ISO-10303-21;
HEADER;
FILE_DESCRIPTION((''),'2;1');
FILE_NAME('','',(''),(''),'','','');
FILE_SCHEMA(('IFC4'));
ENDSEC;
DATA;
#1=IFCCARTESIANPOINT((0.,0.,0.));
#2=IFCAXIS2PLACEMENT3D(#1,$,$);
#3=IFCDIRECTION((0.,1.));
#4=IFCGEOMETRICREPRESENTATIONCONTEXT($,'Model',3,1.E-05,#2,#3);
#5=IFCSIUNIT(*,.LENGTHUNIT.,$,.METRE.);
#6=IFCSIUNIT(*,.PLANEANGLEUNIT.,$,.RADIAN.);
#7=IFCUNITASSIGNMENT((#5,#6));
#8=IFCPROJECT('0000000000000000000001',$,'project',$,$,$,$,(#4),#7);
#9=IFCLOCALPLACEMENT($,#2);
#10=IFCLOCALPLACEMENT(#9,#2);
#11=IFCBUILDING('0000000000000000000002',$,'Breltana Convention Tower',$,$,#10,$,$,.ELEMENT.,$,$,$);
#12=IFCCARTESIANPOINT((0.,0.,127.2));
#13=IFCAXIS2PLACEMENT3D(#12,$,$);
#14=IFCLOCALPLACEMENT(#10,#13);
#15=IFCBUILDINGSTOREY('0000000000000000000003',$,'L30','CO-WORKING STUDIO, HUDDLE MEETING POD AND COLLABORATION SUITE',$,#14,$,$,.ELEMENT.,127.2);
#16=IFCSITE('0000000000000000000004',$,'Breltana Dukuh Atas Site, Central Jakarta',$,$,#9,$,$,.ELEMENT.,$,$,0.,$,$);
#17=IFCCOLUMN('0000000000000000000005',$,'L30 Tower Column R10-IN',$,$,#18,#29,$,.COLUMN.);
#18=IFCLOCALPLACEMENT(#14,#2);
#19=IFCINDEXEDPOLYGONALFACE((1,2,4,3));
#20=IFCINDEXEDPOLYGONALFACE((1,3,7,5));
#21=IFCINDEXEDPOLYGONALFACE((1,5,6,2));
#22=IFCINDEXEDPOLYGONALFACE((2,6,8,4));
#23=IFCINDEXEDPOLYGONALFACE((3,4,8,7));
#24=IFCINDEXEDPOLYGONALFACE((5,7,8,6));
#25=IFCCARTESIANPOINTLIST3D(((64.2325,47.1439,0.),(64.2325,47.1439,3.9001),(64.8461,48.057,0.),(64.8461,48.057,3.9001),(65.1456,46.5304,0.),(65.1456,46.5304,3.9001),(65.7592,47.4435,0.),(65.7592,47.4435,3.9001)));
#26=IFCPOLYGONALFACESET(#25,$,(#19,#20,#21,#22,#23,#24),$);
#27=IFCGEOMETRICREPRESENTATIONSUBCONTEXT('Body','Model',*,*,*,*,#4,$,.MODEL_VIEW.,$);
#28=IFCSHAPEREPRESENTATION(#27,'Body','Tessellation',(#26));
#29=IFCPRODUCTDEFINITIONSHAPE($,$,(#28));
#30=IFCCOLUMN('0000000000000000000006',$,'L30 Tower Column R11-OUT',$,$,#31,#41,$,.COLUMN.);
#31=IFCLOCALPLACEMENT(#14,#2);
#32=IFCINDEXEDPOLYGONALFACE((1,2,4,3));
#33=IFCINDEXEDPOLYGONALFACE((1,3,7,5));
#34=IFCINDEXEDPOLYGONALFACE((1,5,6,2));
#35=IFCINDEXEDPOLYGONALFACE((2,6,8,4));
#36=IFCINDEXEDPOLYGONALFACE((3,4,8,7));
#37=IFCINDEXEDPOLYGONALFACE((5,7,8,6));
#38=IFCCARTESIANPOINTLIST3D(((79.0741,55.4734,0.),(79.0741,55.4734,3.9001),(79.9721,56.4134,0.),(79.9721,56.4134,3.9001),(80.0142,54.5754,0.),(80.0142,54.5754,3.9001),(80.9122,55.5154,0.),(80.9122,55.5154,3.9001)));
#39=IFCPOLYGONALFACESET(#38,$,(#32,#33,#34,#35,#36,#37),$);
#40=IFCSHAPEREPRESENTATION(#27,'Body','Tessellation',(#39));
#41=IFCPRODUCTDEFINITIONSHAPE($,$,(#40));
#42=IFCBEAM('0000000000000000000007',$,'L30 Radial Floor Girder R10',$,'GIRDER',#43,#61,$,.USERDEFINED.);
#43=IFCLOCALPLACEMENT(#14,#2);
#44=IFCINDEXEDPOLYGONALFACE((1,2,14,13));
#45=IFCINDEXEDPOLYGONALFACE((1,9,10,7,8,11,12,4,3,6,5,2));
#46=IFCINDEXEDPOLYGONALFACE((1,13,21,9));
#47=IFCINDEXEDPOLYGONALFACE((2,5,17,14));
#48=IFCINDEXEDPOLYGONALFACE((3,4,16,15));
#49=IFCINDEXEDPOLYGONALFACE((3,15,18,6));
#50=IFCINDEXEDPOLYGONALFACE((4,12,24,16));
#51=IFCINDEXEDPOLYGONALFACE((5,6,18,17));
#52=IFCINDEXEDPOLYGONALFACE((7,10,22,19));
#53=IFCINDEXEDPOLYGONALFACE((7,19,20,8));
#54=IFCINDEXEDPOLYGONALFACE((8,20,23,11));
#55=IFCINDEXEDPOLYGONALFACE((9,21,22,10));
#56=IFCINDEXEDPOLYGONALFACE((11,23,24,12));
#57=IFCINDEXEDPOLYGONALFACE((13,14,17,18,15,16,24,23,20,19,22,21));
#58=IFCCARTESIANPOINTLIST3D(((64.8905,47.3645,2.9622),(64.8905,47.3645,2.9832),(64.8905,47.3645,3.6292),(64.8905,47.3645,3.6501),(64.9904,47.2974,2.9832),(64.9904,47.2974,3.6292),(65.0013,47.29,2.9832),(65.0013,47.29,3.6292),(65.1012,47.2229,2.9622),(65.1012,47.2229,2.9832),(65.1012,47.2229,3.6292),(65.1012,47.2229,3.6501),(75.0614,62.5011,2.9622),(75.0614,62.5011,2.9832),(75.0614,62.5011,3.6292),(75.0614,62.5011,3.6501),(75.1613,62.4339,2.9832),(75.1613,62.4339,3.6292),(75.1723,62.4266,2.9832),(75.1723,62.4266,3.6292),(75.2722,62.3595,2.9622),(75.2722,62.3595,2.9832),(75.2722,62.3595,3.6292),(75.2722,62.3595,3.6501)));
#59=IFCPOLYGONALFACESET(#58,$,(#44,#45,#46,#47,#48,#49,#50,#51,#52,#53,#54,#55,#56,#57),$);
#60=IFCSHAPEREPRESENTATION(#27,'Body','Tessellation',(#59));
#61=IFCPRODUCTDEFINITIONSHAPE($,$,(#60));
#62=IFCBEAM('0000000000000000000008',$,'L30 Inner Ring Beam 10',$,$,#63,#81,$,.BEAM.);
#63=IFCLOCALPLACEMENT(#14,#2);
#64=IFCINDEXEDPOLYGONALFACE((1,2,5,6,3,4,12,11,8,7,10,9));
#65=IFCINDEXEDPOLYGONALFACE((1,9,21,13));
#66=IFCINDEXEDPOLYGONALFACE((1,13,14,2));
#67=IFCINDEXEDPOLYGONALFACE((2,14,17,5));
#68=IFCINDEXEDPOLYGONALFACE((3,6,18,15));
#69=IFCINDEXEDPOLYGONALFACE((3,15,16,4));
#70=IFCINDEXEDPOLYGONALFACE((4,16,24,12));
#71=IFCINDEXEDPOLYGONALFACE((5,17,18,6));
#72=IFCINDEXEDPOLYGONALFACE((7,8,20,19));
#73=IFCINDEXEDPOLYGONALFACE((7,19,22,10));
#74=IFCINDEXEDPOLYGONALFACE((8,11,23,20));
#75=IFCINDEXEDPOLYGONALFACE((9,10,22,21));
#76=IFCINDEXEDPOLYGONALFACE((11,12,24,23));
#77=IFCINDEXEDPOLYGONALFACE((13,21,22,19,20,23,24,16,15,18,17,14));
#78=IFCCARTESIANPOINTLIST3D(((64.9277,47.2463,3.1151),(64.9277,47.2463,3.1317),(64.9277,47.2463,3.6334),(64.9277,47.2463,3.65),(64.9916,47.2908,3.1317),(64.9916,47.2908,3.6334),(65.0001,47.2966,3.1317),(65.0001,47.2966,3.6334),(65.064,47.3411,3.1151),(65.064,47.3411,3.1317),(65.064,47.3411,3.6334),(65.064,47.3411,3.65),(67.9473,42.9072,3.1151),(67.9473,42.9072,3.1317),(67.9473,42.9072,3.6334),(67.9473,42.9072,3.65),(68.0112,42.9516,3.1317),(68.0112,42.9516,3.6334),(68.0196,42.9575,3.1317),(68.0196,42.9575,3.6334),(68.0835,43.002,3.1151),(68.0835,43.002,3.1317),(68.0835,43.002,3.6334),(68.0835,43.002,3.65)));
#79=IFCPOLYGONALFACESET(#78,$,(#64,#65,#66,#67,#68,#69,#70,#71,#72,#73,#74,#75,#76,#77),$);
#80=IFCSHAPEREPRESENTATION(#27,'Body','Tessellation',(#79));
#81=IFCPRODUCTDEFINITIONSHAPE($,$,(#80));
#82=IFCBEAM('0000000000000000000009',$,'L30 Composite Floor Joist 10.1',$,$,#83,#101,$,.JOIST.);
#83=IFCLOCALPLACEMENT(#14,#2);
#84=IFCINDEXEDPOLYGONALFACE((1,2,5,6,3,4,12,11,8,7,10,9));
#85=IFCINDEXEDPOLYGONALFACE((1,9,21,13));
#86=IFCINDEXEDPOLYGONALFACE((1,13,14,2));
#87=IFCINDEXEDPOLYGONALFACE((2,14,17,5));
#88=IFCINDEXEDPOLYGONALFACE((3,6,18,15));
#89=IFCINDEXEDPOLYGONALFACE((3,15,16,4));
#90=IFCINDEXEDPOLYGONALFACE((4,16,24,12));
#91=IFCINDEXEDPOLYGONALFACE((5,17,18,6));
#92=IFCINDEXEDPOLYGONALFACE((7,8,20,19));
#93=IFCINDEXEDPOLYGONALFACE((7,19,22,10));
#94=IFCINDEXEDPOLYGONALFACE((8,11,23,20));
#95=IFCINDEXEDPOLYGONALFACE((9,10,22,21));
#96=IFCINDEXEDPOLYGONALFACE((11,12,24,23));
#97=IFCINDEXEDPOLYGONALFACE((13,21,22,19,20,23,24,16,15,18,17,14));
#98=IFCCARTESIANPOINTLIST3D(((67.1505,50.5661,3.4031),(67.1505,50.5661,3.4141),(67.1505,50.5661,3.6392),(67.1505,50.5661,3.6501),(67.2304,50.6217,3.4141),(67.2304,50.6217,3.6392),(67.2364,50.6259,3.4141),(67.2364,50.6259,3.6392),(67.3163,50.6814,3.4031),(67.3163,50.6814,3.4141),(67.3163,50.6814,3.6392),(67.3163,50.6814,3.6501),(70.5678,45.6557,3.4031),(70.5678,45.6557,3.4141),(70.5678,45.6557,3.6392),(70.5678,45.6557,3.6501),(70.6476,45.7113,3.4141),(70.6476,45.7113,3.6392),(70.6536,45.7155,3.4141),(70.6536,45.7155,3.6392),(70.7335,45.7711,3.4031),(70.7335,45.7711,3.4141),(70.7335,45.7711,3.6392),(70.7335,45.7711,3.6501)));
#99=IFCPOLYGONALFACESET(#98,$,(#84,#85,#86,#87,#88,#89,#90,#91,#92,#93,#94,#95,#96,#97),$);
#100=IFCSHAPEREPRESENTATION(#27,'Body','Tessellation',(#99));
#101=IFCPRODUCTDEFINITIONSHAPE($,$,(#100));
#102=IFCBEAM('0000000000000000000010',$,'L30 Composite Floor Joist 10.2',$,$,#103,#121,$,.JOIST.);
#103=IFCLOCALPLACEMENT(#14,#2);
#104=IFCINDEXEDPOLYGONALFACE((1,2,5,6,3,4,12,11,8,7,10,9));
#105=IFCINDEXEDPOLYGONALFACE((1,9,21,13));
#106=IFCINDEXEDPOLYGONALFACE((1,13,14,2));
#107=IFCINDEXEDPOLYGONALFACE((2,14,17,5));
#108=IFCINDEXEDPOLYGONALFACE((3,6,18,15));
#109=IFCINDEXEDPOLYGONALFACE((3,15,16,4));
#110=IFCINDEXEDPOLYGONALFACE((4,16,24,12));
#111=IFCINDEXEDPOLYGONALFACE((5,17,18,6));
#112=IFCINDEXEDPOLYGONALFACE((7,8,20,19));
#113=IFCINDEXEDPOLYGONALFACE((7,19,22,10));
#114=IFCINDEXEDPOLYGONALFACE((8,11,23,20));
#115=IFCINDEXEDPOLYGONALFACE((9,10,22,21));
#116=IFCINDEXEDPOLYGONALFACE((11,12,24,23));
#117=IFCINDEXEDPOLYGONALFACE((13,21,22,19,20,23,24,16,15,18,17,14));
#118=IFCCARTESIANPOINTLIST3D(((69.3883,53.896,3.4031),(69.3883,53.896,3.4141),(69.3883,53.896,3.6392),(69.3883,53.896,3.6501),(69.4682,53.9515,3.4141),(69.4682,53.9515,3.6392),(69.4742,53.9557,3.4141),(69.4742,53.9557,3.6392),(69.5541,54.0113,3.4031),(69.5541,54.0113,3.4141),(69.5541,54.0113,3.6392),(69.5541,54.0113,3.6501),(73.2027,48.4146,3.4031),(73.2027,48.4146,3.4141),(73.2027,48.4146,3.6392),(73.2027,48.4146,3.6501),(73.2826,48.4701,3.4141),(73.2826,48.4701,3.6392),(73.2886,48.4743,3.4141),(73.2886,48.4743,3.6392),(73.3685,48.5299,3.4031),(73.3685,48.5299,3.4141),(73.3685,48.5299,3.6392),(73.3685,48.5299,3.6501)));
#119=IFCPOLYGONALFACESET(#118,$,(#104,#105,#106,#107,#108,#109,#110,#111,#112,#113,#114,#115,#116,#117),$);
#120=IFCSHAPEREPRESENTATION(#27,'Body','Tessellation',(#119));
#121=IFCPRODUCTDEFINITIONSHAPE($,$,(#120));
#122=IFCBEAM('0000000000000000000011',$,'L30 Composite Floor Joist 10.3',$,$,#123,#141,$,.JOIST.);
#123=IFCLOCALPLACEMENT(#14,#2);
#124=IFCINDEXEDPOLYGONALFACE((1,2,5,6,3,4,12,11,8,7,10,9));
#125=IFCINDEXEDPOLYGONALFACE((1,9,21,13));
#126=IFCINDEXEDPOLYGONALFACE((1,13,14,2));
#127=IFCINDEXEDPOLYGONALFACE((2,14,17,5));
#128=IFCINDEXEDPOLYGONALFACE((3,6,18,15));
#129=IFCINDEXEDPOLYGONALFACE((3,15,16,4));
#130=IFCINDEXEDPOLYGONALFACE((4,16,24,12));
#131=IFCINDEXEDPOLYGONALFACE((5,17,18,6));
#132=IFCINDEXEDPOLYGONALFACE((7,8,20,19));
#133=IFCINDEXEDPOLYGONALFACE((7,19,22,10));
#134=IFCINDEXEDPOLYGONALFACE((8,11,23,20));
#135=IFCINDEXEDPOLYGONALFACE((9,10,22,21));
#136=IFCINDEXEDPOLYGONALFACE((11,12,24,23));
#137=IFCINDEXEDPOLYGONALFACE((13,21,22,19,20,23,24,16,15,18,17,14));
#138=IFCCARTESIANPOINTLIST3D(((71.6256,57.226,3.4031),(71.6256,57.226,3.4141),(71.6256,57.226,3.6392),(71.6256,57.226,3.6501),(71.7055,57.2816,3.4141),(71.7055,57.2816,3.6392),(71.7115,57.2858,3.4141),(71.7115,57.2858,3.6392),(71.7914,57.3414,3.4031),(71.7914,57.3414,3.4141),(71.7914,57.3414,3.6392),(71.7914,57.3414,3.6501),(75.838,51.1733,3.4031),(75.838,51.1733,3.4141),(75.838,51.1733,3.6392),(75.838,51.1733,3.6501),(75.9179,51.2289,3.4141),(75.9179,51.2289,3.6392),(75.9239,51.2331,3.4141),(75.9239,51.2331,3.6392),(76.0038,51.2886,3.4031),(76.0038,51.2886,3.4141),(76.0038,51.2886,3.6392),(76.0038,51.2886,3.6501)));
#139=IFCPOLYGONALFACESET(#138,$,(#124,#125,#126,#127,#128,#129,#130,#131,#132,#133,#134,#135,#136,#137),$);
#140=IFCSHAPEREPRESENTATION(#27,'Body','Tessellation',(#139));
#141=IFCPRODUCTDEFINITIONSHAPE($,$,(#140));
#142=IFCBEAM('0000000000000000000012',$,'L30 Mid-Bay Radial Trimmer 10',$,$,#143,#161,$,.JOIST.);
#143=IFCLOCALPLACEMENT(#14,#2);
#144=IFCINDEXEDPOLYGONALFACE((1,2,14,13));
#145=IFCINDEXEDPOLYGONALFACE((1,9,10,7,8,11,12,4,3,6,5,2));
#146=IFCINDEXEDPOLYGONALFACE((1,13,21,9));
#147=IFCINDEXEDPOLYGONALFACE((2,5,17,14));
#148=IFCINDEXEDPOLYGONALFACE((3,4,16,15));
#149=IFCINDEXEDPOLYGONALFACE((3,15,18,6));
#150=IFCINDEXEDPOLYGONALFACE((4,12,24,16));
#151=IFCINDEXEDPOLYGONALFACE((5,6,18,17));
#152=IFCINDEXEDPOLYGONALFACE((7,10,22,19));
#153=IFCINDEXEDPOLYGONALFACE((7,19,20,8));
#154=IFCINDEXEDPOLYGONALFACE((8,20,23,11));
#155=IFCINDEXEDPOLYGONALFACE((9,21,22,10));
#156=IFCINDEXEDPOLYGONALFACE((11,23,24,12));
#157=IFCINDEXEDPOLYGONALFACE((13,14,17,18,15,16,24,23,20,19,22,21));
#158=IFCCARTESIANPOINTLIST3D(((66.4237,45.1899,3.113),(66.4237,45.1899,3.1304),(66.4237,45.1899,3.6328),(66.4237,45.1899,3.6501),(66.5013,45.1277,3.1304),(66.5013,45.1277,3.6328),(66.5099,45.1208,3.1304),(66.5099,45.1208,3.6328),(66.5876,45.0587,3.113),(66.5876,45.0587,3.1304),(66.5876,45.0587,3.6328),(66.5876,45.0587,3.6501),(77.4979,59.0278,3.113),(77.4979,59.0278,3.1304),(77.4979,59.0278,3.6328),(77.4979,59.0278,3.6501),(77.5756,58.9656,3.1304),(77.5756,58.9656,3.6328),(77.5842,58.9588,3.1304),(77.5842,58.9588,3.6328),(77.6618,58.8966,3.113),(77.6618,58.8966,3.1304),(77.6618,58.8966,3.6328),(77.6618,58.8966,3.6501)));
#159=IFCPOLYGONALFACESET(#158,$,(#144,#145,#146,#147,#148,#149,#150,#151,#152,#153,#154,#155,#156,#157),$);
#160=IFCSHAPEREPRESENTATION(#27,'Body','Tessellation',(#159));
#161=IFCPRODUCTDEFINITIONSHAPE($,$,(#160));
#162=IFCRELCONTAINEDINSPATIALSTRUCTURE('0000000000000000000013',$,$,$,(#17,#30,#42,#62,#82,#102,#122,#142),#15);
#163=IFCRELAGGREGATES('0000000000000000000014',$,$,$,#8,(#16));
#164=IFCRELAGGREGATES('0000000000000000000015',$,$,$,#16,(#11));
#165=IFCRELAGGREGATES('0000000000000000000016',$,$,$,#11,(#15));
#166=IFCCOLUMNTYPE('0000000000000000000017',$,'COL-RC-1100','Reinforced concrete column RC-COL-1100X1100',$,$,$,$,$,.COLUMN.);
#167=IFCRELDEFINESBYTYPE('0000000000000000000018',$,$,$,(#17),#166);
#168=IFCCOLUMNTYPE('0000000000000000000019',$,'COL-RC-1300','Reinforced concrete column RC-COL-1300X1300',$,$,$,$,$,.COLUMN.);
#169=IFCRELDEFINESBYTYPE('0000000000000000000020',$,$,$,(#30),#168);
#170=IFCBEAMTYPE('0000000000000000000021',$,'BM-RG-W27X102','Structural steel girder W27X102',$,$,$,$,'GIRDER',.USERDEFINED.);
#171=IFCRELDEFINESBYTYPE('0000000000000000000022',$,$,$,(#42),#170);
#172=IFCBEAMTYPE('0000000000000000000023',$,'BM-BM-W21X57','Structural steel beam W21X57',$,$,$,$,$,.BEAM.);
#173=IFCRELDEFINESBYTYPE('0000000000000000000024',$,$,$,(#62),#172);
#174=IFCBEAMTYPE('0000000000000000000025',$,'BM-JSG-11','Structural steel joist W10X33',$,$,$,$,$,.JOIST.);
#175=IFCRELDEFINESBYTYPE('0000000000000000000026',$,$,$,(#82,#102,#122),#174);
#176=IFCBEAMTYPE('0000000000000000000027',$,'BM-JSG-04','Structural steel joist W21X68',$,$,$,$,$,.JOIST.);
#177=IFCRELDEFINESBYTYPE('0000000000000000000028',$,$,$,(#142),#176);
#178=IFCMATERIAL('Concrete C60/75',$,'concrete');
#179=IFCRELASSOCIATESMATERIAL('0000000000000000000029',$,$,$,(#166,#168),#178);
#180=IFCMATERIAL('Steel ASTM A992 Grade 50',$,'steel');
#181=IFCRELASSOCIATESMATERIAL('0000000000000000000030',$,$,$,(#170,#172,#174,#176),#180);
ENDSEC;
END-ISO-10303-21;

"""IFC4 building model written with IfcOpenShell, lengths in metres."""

from ifc_helpers import new_model, si_unit, direction, frame, origin, origin_2d, place, context, subcontext, project, spatial, rectangle, i_section, extrude, source, transform, mapped, material, material_profile, profile_set, type_object, element, save


model = new_model("IFC4")

# Units and contexts
model_context = context("Model", 3, precision=1e-05, world=origin(), true_north=direction((0.0, 1.0)))
body_context = subcontext(model_context, "Body", "Model", "MODEL_VIEW")
ifc_project = project(units=[si_unit("LENGTHUNIT", "METRE"), si_unit("PLANEANGLEUNIT", "RADIAN")], contexts=[model_context])

# Site, building, storey
site_placement = place(None, origin())
site = spatial("IfcSite", under=ifc_project, at=site_placement, Name="Breltana Dukuh Atas Site, Central Jakarta", CompositionType="ELEMENT", RefElevation=0.0)
building_placement = place(site_placement, origin())
building = spatial("IfcBuilding", under=site, at=building_placement, Name="Breltana Convention Tower", CompositionType="ELEMENT")
storey_placement = place(building_placement, frame((0.0, 0.0, 127.2)))
storey = spatial("IfcBuildingStorey", under=building, at=storey_placement, Name="L30", Description="CO-WORKING STUDIO, HUDDLE MEETING POD AND COLLABORATION SUITE", CompositionType="ELEMENT", Elevation=127.2)

# Columns
ifc_material_1 = material(Name="Concrete C60/75", Category="concrete")
ifc_material_profile_1 = material_profile(ifc_material_1, rectangle(XDim=1.1001, YDim=1.1001, at=origin_2d()), Name="RC-COL-1100X1100")
ifc_profile_set_1 = profile_set([ifc_material_profile_1], Name="Concrete C60/75")
column_type_1 = type_object("IfcColumnType", Name="COL-RC-1100", Description="Reinforced concrete column RC-COL-1100X1100", PredefinedType="COLUMN", material=ifc_profile_set_1)
shared_shape_1 = source(origin(), body_context, "Body", "SweptSolid", [
    extrude(rectangle(XDim=1.1001, YDim=1.1001, at=origin_2d()), origin(), (0.0, 0.0, 1.0), 3.9001),
])
column_1_placement = place(storey_placement, frame((64.9958, 47.2937, 0.0), z_axis=(0.0, 0.0, 1.0), x_axis=(0.557745, 0.830012, 0.0)))
element("IfcColumn", 1, at=column_1_placement, inside=storey, type_object=column_type_1, Name="L30 Tower Column R10-IN", PredefinedType="COLUMN", context=body_context, shape_type="MappedRepresentation", body=[
    mapped(shared_shape_1, transform((0.0, 0.0, 0.0), scale=1.0)),
])
ifc_material_profile_2 = material_profile(ifc_material_1, rectangle(XDim=1.3, YDim=1.3, at=origin_2d()), Name="RC-COL-1300X1300")
ifc_profile_set_2 = profile_set([ifc_material_profile_2], Name="Concrete C60/75")
column_type_2 = type_object("IfcColumnType", Name="COL-RC-1300", Description="Reinforced concrete column RC-COL-1300X1300", PredefinedType="COLUMN", material=ifc_profile_set_2)
shared_shape_2 = source(origin(), body_context, "Body", "SweptSolid", [
    extrude(rectangle(XDim=1.3, YDim=1.3, at=origin_2d()), origin(), (0.0, 0.0, 1.0), 3.9001),
])
column_2_placement = place(storey_placement, frame((79.9932, 55.4944, 0.0), z_axis=(0.0, 0.0, 1.0), x_axis=(0.690756, 0.723088, 0.0)))
element("IfcColumn", 2, at=column_2_placement, inside=storey, type_object=column_type_2, Name="L30 Tower Column R11-OUT", PredefinedType="COLUMN", context=body_context, shape_type="MappedRepresentation", body=[
    mapped(shared_shape_2, transform((0.0, 0.0, 0.0), scale=1.0)),
])

# Beams
ifc_material_2 = material(Name="Steel ASTM A992 Grade 50", Category="steel")
ifc_material_profile_3 = material_profile(ifc_material_2, i_section(OverallWidth=0.2539, OverallDepth=0.688, WebThickness=0.0132, FlangeThickness=0.021, at=origin_2d()), Name="W27X102")
ifc_profile_set_3 = profile_set([ifc_material_profile_3], Name="Steel ASTM A992 Grade 50")
beam_type_1 = type_object("IfcBeamType", Name="BM-RG-W27X102", Description="Structural steel girder W27X102", ElementType="GIRDER", PredefinedType="USERDEFINED", material=ifc_profile_set_3)
shared_shape_3 = source(origin(), body_context, "Body", "SweptSolid", [
    extrude(i_section(OverallWidth=0.2539, OverallDepth=0.688, WebThickness=0.0132, FlangeThickness=0.021, at=origin_2d()), origin(), (0.0, 0.0, 1.0), 18.2363),
])
beam_1_placement = place(storey_placement, frame((64.9958, 47.2937, 3.3062), z_axis=(0.55773, 0.830022, 0.0), x_axis=(-0.830022, 0.55773, 0.0)))
element("IfcBeam", 3, at=beam_1_placement, inside=storey, type_object=beam_type_1, Name="L30 Radial Floor Girder R10", ObjectType="GIRDER", PredefinedType="USERDEFINED", context=body_context, shape_type="MappedRepresentation", body=[
    mapped(shared_shape_3, transform((0.0, 0.0, 0.0), scale=1.0)),
])
ifc_material_profile_4 = material_profile(ifc_material_2, i_section(OverallWidth=0.166, OverallDepth=0.5349, WebThickness=0.0103, FlangeThickness=0.0166, at=origin_2d()), Name="W21X57")
ifc_profile_set_4 = profile_set([ifc_material_profile_4], Name="Steel ASTM A992 Grade 50")
beam_type_2 = type_object("IfcBeamType", Name="BM-BM-W21X57", Description="Structural steel beam W21X57", PredefinedType="BEAM", material=ifc_profile_set_4)
shared_shape_4 = source(origin(), body_context, "Body", "SweptSolid", [
    extrude(i_section(OverallWidth=0.166, OverallDepth=0.5349, WebThickness=0.0103, FlangeThickness=0.0166, at=origin_2d()), origin(), (0.0, 0.0, 1.0), 5.2864),
])
beam_2_placement = place(storey_placement, frame((64.9958, 47.2937, 3.3826), z_axis=(0.571194, -0.820815, 0.0), x_axis=(0.820815, 0.571194, 0.0)))
element("IfcBeam", 4, at=beam_2_placement, inside=storey, type_object=beam_type_2, Name="L30 Inner Ring Beam 10", PredefinedType="BEAM", context=body_context, shape_type="MappedRepresentation", body=[
    mapped(shared_shape_4, transform((0.0, 0.0, 0.0), scale=1.0)),
])
ifc_material_profile_5 = material_profile(ifc_material_2, i_section(OverallWidth=0.2019, OverallDepth=0.2471, WebThickness=0.0073, FlangeThickness=0.011, at=origin_2d()), Name="W10X33")
ifc_profile_set_5 = profile_set([ifc_material_profile_5], Name="Steel ASTM A992 Grade 50")
beam_type_3 = type_object("IfcBeamType", Name="BM-JSG-11", Description="Structural steel joist W10X33", PredefinedType="JOIST", material=ifc_profile_set_5)
shared_shape_5 = source(origin(), body_context, "Body", "SweptSolid", [
    extrude(i_section(OverallWidth=0.2019, OverallDepth=0.2471, WebThickness=0.0073, FlangeThickness=0.011, at=origin_2d()), origin(), (0.0, 0.0, 1.0), 5.9824),
])
beam_3_placement = place(storey_placement, frame((67.2334, 50.6238, 3.5266), z_axis=(0.571212, -0.820803, 0.0), x_axis=(0.820803, 0.571212, 0.0)))
element("IfcBeam", 5, at=beam_3_placement, inside=storey, type_object=beam_type_3, Name="L30 Composite Floor Joist 10.1", PredefinedType="JOIST", context=body_context, shape_type="MappedRepresentation", body=[
    mapped(shared_shape_5, transform((0.0, 0.0, 0.0), scale=1.0)),
])
shared_shape_6 = source(origin(), body_context, "Body", "SweptSolid", [
    extrude(i_section(OverallWidth=0.2019, OverallDepth=0.2471, WebThickness=0.0073, FlangeThickness=0.011, at=origin_2d()), origin(), (0.0, 0.0, 1.0), 6.678),
])
beam_4_placement = place(storey_placement, frame((69.4712, 53.9536, 3.5266), z_axis=(0.571193, -0.820816, 0.0), x_axis=(0.820816, 0.571193, 0.0)))
element("IfcBeam", 6, at=beam_4_placement, inside=storey, type_object=beam_type_3, Name="L30 Composite Floor Joist 10.2", PredefinedType="JOIST", context=body_context, shape_type="MappedRepresentation", body=[
    mapped(shared_shape_6, transform((0.0, 0.0, 0.0), scale=1.0)),
])
shared_shape_7 = source(origin(), body_context, "Body", "SweptSolid", [
    extrude(i_section(OverallWidth=0.2019, OverallDepth=0.2471, WebThickness=0.0073, FlangeThickness=0.011, at=origin_2d()), origin(), (0.0, 0.0, 1.0), 7.3743),
])
beam_5_placement = place(storey_placement, frame((71.7085, 57.2837, 3.5266), z_axis=(0.571229, -0.82079, 0.0), x_axis=(0.82079, 0.571229, 0.0)))
element("IfcBeam", 7, at=beam_5_placement, inside=storey, type_object=beam_type_3, Name="L30 Composite Floor Joist 10.3", PredefinedType="JOIST", context=body_context, shape_type="MappedRepresentation", body=[
    mapped(shared_shape_7, transform((0.0, 0.0, 0.0), scale=1.0)),
])
ifc_material_profile_6 = material_profile(ifc_material_2, i_section(OverallWidth=0.21, OverallDepth=0.5371, WebThickness=0.011, FlangeThickness=0.0173, at=origin_2d()), Name="W21X68")
ifc_profile_set_6 = profile_set([ifc_material_profile_6], Name="Steel ASTM A992 Grade 50")
beam_type_4 = type_object("IfcBeamType", Name="BM-JSG-04", Description="Structural steel joist W21X68", PredefinedType="JOIST", material=ifc_profile_set_6)
shared_shape_8 = source(origin(), body_context, "Body", "SweptSolid", [
    extrude(i_section(OverallWidth=0.21, OverallDepth=0.5371, WebThickness=0.011, FlangeThickness=0.0173, at=origin_2d()), origin(), (0.0, 0.0, 1.0), 17.7236),
])
beam_6_placement = place(storey_placement, frame((66.5056, 45.1243, 3.3816), z_axis=(0.624829, 0.780761, 0.0), x_axis=(-0.780761, 0.624829, 0.0)))
element("IfcBeam", 8, at=beam_6_placement, inside=storey, type_object=beam_type_4, Name="L30 Mid-Bay Radial Trimmer 10", PredefinedType="JOIST", context=body_context, shape_type="MappedRepresentation", body=[
    mapped(shared_shape_8, transform((0.0, 0.0, 0.0), scale=1.0)),
])

save(model, "model.ifc")
